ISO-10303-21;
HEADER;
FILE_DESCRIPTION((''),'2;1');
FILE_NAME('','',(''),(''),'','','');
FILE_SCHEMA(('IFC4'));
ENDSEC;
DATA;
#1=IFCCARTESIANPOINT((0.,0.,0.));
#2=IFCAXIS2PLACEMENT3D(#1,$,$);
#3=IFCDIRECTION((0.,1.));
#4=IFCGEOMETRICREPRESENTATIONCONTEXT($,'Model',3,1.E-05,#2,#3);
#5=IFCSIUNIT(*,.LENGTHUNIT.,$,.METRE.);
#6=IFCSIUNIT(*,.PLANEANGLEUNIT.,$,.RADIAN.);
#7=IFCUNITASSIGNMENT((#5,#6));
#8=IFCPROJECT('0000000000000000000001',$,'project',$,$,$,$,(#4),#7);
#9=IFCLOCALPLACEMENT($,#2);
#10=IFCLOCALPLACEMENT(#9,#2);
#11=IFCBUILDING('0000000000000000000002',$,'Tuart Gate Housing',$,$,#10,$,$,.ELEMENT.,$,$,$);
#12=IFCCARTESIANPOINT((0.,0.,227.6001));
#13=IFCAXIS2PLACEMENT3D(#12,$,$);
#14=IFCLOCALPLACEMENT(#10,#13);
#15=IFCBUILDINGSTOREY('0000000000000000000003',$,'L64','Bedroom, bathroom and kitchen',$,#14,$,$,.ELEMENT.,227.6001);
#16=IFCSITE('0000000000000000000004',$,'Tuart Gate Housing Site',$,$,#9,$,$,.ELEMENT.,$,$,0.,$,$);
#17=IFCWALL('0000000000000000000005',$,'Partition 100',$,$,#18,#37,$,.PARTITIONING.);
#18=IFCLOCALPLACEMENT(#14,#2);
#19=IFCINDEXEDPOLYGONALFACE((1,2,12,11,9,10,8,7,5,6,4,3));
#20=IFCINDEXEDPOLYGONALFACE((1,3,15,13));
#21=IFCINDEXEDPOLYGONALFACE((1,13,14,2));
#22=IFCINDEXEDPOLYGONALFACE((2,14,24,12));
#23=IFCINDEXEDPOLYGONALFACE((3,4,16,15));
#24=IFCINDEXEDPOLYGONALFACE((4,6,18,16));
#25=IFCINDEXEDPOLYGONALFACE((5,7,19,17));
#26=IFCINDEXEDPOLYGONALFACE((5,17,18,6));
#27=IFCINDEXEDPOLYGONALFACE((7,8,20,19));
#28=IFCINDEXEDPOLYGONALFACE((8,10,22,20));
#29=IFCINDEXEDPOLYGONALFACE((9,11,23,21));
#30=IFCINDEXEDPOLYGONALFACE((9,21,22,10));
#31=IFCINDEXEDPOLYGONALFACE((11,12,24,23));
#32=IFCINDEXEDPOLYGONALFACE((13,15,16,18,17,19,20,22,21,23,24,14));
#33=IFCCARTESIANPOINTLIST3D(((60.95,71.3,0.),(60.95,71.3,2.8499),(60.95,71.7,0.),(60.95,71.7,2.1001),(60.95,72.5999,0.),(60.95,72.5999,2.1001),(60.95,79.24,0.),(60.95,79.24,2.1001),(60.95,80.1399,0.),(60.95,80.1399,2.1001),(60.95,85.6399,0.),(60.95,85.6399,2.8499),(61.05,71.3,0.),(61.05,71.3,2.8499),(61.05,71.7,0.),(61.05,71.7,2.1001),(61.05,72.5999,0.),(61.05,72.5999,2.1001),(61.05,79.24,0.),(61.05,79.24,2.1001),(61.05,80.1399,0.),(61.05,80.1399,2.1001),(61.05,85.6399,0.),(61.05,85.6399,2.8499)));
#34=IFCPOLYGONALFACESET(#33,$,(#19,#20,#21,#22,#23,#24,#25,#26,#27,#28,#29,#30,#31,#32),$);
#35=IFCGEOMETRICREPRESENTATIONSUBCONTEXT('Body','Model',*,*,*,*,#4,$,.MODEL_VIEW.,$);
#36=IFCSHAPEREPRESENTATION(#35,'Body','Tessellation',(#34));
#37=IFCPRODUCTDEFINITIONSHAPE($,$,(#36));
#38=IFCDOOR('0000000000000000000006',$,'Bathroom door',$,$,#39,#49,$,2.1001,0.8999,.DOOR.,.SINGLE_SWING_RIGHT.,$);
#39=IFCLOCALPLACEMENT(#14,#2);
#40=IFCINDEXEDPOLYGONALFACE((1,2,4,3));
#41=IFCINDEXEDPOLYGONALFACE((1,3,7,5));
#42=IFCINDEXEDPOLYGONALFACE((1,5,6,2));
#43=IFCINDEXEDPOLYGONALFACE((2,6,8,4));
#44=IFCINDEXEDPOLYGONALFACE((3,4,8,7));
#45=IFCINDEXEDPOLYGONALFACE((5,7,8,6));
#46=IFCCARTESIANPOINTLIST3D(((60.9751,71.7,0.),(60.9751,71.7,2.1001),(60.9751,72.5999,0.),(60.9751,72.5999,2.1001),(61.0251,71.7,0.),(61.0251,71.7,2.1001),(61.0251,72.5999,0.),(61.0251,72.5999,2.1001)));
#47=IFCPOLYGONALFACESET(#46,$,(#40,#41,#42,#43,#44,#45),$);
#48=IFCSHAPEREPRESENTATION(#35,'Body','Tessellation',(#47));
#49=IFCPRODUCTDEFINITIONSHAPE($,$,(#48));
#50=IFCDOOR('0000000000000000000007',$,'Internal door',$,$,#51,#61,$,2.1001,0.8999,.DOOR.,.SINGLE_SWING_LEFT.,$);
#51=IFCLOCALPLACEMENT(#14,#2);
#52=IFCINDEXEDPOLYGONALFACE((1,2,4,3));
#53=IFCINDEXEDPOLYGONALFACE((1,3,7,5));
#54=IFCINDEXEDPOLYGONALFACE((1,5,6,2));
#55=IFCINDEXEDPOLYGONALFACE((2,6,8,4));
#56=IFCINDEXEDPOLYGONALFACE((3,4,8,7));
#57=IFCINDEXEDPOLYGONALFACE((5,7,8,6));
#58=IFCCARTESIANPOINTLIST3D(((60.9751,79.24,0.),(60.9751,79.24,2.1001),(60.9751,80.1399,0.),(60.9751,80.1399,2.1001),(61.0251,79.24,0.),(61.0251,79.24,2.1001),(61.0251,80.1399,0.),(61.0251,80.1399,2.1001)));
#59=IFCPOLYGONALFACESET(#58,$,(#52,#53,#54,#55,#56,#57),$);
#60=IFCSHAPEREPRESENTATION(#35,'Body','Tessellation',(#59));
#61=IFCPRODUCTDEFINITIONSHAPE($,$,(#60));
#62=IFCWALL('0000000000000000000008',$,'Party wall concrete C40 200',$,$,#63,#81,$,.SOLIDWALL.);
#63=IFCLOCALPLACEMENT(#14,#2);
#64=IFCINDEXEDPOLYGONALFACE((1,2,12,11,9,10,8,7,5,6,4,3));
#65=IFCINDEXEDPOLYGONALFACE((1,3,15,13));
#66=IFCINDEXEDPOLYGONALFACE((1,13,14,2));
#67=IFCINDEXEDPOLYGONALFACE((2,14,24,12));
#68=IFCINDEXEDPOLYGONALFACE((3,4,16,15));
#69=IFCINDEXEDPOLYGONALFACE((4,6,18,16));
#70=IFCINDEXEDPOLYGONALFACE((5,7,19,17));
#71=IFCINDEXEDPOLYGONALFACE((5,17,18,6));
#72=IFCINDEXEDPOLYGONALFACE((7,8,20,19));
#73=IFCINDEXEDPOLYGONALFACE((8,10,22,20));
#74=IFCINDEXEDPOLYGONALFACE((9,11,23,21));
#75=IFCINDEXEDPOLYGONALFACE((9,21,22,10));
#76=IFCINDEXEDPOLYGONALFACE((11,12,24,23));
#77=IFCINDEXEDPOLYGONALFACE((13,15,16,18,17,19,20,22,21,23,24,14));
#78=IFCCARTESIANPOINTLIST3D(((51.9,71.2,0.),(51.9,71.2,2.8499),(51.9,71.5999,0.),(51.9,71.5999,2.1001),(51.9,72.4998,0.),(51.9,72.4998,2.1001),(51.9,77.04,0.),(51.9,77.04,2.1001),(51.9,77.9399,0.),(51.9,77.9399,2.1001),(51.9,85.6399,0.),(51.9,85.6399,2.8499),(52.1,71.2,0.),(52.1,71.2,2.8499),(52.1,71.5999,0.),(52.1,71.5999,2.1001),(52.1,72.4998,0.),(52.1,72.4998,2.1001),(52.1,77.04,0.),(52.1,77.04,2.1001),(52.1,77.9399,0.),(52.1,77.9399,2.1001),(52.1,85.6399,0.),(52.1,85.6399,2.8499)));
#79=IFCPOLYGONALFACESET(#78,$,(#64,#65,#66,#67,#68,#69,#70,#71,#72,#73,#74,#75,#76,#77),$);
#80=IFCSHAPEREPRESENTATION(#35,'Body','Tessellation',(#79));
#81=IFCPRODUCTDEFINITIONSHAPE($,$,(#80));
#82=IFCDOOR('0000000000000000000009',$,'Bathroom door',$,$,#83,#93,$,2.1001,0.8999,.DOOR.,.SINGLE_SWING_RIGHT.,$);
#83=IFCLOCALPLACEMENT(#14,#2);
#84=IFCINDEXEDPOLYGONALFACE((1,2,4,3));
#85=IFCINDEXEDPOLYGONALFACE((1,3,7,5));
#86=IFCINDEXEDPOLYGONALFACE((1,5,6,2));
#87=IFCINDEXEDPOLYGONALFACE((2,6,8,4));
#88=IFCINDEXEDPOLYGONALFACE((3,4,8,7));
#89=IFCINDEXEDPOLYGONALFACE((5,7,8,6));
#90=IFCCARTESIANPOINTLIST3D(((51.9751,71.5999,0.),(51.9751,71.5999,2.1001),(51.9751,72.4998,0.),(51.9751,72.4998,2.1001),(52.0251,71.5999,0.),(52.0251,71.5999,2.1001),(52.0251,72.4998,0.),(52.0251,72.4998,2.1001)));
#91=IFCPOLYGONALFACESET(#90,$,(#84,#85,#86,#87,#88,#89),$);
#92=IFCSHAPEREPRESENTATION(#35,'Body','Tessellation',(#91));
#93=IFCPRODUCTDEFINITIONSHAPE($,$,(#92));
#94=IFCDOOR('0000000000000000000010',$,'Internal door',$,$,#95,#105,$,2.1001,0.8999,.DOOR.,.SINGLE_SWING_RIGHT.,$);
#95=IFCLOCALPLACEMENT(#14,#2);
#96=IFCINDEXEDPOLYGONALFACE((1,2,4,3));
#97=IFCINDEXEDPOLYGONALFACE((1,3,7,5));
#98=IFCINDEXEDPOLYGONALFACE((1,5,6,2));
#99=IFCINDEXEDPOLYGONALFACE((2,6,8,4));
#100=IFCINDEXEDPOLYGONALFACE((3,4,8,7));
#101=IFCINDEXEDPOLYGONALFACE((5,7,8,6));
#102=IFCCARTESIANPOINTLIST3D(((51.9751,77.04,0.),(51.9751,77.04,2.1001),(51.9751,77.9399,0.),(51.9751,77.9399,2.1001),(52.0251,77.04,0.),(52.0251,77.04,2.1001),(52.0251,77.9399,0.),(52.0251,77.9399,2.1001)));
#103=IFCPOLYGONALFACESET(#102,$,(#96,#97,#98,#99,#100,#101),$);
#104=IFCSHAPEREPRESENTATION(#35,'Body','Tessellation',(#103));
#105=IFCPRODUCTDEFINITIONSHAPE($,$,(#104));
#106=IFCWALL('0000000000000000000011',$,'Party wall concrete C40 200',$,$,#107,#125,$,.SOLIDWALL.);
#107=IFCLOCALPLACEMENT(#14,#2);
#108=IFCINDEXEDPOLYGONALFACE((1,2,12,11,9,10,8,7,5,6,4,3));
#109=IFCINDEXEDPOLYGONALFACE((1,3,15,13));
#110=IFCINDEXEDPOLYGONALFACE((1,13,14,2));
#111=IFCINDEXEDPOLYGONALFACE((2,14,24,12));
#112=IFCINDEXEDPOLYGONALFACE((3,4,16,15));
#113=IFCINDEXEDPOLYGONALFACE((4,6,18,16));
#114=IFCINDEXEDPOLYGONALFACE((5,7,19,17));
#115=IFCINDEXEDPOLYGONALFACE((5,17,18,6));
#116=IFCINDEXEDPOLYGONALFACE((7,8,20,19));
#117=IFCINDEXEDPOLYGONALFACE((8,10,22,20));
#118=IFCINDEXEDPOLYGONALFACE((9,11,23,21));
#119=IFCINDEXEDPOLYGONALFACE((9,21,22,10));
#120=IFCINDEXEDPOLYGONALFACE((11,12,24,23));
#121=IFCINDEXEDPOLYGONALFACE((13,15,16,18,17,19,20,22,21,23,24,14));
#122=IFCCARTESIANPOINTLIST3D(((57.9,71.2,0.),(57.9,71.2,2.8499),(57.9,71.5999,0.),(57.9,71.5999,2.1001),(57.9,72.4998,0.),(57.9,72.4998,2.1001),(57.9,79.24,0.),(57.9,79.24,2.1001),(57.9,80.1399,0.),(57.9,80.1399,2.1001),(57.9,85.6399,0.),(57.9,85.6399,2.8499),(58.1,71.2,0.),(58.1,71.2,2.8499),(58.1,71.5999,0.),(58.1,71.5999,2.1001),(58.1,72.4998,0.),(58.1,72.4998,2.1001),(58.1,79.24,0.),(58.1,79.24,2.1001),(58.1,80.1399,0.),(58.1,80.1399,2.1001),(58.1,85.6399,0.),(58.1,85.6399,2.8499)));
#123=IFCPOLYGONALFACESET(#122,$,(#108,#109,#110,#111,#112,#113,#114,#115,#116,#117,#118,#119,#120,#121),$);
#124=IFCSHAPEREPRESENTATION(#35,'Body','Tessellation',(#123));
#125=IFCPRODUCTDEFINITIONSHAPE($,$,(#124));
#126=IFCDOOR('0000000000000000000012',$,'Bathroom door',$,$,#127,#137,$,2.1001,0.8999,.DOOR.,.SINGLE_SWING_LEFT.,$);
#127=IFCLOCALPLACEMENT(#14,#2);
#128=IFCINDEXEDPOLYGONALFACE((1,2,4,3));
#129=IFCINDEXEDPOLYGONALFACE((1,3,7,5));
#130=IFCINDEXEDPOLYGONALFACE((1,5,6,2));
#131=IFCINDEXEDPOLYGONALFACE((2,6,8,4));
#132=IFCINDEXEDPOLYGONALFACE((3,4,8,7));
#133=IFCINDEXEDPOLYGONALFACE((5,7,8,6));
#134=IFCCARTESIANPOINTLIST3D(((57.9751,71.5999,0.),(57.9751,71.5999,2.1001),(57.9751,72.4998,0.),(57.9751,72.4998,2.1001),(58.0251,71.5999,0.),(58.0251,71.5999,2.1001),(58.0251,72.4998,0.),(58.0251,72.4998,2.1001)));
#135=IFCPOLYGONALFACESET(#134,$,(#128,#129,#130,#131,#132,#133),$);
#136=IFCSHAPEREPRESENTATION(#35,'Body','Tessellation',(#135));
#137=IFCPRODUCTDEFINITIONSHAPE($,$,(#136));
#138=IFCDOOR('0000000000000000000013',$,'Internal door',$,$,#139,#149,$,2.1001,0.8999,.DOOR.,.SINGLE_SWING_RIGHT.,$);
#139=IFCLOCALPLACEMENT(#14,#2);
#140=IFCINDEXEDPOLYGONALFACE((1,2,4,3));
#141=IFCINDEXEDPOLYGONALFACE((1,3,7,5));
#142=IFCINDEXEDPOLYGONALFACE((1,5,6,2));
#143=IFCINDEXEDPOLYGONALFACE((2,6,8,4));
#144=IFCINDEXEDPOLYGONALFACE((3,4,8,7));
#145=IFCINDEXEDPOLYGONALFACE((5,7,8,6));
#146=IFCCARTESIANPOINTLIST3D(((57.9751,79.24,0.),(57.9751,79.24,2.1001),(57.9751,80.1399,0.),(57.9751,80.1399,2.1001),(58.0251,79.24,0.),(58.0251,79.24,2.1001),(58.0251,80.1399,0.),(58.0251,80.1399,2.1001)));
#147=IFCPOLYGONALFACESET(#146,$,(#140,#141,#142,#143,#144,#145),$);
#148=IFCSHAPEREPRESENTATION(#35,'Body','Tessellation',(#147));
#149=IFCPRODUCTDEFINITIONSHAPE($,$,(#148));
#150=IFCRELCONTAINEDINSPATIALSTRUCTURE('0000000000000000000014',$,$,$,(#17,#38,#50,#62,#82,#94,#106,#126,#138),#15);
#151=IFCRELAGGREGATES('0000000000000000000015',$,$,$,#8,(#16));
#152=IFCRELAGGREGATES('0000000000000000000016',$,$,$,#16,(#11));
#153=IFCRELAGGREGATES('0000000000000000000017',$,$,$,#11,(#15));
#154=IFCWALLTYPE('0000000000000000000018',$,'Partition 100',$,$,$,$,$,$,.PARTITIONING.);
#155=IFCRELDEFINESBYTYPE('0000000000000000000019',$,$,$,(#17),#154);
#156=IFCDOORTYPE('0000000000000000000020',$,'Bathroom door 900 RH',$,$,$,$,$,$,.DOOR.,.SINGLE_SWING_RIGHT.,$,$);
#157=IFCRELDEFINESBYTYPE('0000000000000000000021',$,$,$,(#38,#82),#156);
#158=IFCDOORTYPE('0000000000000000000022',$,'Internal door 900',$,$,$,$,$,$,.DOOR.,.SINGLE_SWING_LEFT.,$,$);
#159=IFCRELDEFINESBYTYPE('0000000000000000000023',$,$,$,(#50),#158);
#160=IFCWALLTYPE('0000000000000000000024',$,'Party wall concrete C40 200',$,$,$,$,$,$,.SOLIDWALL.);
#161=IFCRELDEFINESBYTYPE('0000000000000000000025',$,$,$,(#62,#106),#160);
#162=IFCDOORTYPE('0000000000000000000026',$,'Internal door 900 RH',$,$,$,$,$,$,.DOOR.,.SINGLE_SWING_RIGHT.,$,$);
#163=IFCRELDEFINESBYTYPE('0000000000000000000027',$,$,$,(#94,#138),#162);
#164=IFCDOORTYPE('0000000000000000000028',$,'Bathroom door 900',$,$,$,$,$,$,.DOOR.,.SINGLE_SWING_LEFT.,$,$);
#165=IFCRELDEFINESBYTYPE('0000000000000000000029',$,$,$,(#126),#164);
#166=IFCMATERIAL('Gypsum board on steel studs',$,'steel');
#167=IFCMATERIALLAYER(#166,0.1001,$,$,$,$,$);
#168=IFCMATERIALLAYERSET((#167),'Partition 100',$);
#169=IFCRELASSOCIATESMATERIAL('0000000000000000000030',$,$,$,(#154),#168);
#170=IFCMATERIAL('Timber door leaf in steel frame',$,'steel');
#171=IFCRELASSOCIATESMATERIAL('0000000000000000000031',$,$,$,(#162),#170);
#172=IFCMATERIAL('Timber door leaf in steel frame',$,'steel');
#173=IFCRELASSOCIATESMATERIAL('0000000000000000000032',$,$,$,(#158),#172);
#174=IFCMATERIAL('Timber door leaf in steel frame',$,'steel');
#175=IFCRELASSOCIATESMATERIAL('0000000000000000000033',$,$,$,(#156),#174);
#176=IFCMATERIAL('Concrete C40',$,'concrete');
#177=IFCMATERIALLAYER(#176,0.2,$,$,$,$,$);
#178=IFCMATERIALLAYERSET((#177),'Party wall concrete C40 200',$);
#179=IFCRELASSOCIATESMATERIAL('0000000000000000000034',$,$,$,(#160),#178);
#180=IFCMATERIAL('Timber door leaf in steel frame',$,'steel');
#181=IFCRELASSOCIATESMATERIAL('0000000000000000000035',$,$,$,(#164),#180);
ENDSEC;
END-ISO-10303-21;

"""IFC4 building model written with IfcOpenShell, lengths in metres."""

from ifc_helpers import new_model, si_unit, direction, frame, frame_2d, origin, place, context, subcontext, project, spatial, rectangle, extrude, material, layer, layer_set, type_object, element, fill, save


model = new_model("IFC4")

# Units and contexts
model_context = context("Model", 3, precision=1e-05, world=origin(), true_north=direction((0.0, 1.0)))
body_context = subcontext(model_context, "Body", "Model", "MODEL_VIEW")
ifc_project = project(units=[si_unit("LENGTHUNIT", "METRE"), si_unit("PLANEANGLEUNIT", "RADIAN")], contexts=[model_context])

# Site, building, storey
site_placement = place(None, origin())
site = spatial("IfcSite", under=ifc_project, at=site_placement, Name="Tuart Gate Housing Site", CompositionType="ELEMENT", RefElevation=0.0)
building_placement = place(site_placement, origin())
building = spatial("IfcBuilding", under=site, at=building_placement, Name="Tuart Gate Housing", CompositionType="ELEMENT")
storey_placement = place(building_placement, frame((0.0, 0.0, 227.6001)))
storey = spatial("IfcBuildingStorey", under=building, at=storey_placement, Name="L64", Description="Bedroom, bathroom and kitchen", CompositionType="ELEMENT", Elevation=227.6001)

# Shared definitions
ifc_material_1 = material(Name="Gypsum board on steel studs", Category="steel")
ifc_layer_1 = layer(ifc_material_1, 0.1001)
ifc_layer_set_1 = layer_set([ifc_layer_1], Name="Partition 100")
wall_type_1 = type_object("IfcWallType", Name="Partition 100", PredefinedType="PARTITIONING", material=ifc_layer_set_1)

# Shared definitions
ifc_material_2 = material(Name="Timber door leaf in steel frame", Category="steel")
door_type_1 = type_object("IfcDoorType", Name="Internal door 900 RH", OperationType="SINGLE_SWING_RIGHT", PredefinedType="DOOR", material=ifc_material_2)
ifc_material_3 = material(Name="Timber door leaf in steel frame", Category="steel")
door_type_2 = type_object("IfcDoorType", Name="Internal door 900", OperationType="SINGLE_SWING_LEFT", PredefinedType="DOOR", material=ifc_material_3)

# Walls, openings, doors
wall_1_placement = place(storey_placement, frame((61.0, 71.3, 0.0), z_axis=(0.0, 0.0, 1.0), x_axis=(0.0, 1.0, 0.0)))
wall_1 = element("IfcWall", 1, at=wall_1_placement, inside=storey, type_object=wall_type_1, Name="Partition 100", PredefinedType="PARTITIONING", context=body_context, shape_type="SweptSolid", body=[
    extrude(rectangle(XDim=14.3398, YDim=0.1001, at=frame_2d((7.1699, 0.0))), origin(), (0.0, 0.0, 1.0), 2.8499),
])
opening_1_placement = place(wall_1_placement, frame((7.9399, 0.0, 0.0)))
opening_1 = element("IfcOpeningElement", 2, at=opening_1_placement, cuts=wall_1, PredefinedType="OPENING", context=body_context, shape_type="SweptSolid", body=[
    extrude(rectangle(XDim=0.8999, YDim=2.1001, at=frame_2d((0.45, 1.05))), frame((0.0, 0.0601, 0.0), z_axis=(0.0, -1.0, 0.0), x_axis=(1.0, 0.0, 0.0)), (0.0, 0.0, 1.0), 0.1201),
])
opening_2_placement = place(wall_1_placement, frame((0.3999, 0.0, 0.0)))
opening_2 = element("IfcOpeningElement", 3, at=opening_2_placement, cuts=wall_1, PredefinedType="OPENING", context=body_context, shape_type="SweptSolid", body=[
    extrude(rectangle(XDim=0.8999, YDim=2.1001, at=frame_2d((0.45, 1.05))), frame((0.0, 0.0601, 0.0), z_axis=(0.0, -1.0, 0.0), x_axis=(1.0, 0.0, 0.0)), (0.0, 0.0, 1.0), 0.1201),
])
ifc_material_4 = material(Name="Timber door leaf in steel frame", Category="steel")
door_type_3 = type_object("IfcDoorType", Name="Bathroom door 900 RH", OperationType="SINGLE_SWING_RIGHT", PredefinedType="DOOR", material=ifc_material_4)
door_1_placement = place(opening_2_placement, frame((0.8999, 0.0, 0.0), z_axis=(0.0, 0.0, 1.0), x_axis=(-1.0, 0.0, 0.0)))
door_1 = element("IfcDoor", 4, at=door_1_placement, inside=storey, type_object=door_type_3, Name="Bathroom door", OperationType="SINGLE_SWING_RIGHT", OverallHeight=2.1001, OverallWidth=0.8999, PredefinedType="DOOR", context=body_context, shape_type="SweptSolid", body=[
    extrude(rectangle(XDim=0.8999, YDim=2.1001, at=frame_2d((0.45, 1.05))), frame((0.0, 0.0251, 0.0), z_axis=(0.0, -1.0, 0.0), x_axis=(1.0, 0.0, 0.0)), (0.0, 0.0, 1.0), 0.05),
])
fill(opening_2, door_1)
door_2_placement = place(opening_1_placement, frame((0.8999, 0.0, 0.0), z_axis=(0.0, 0.0, 1.0), x_axis=(-1.0, 0.0, 0.0)))
door_2 = element("IfcDoor", 5, at=door_2_placement, inside=storey, type_object=door_type_2, Name="Internal door", OperationType="SINGLE_SWING_LEFT", OverallHeight=2.1001, OverallWidth=0.8999, PredefinedType="DOOR", context=body_context, shape_type="SweptSolid", body=[
    extrude(rectangle(XDim=0.8999, YDim=2.1001, at=frame_2d((0.45, 1.05))), frame((0.0, 0.0251, 0.0), z_axis=(0.0, -1.0, 0.0), x_axis=(1.0, 0.0, 0.0)), (0.0, 0.0, 1.0), 0.05),
])
fill(opening_1, door_2)
ifc_material_5 = material(Name="Concrete C40", Category="concrete")
ifc_layer_2 = layer(ifc_material_5, 0.2)
ifc_layer_set_2 = layer_set([ifc_layer_2], Name="Party wall concrete C40 200")
wall_type_2 = type_object("IfcWallType", Name="Party wall concrete C40 200", PredefinedType="SOLIDWALL", material=ifc_layer_set_2)
wall_2_placement = place(storey_placement, frame((52.0, 71.2, 0.0), z_axis=(0.0, 0.0, 1.0), x_axis=(0.0, 1.0, 0.0)))
wall_2 = element("IfcWall", 6, at=wall_2_placement, inside=storey, type_object=wall_type_2, Name="Party wall concrete C40 200", PredefinedType="SOLIDWALL", context=body_context, shape_type="SweptSolid", body=[
    extrude(rectangle(XDim=14.4399, YDim=0.2, at=frame_2d((7.22, 0.0))), origin(), (0.0, 0.0, 1.0), 2.8499),
])
opening_3_placement = place(wall_2_placement, frame((5.8401, 0.0, 0.0)))
opening_3 = element("IfcOpeningElement", 7, at=opening_3_placement, cuts=wall_2, PredefinedType="OPENING", context=body_context, shape_type="SweptSolid", body=[
    extrude(rectangle(XDim=0.8999, YDim=2.1001, at=frame_2d((0.45, 1.05))), frame((0.0, 0.1099, 0.0), z_axis=(0.0, -1.0, 0.0), x_axis=(1.0, 0.0, 0.0)), (0.0, 0.0, 1.0), 0.22),
])
opening_4_placement = place(wall_2_placement, frame((0.3999, 0.0, 0.0)))
opening_4 = element("IfcOpeningElement", 8, at=opening_4_placement, cuts=wall_2, PredefinedType="OPENING", context=body_context, shape_type="SweptSolid", body=[
    extrude(rectangle(XDim=0.8999, YDim=2.1001, at=frame_2d((0.45, 1.05))), frame((0.0, 0.1099, 0.0), z_axis=(0.0, -1.0, 0.0), x_axis=(1.0, 0.0, 0.0)), (0.0, 0.0, 1.0), 0.22),
])
door_3_placement = place(opening_4_placement, frame((0.8999, 0.0, 0.0), z_axis=(0.0, 0.0, 1.0), x_axis=(-1.0, 0.0, 0.0)))
door_3 = element("IfcDoor", 9, at=door_3_placement, inside=storey, type_object=door_type_3, Name="Bathroom door", OperationType="SINGLE_SWING_RIGHT", OverallHeight=2.1001, OverallWidth=0.8999, PredefinedType="DOOR", context=body_context, shape_type="SweptSolid", body=[
    extrude(rectangle(XDim=0.8999, YDim=2.1001, at=frame_2d((0.45, 1.05))), frame((0.0, 0.0251, 0.0), z_axis=(0.0, -1.0, 0.0), x_axis=(1.0, 0.0, 0.0)), (0.0, 0.0, 1.0), 0.05),
])
fill(opening_4, door_3)
door_4_placement = place(opening_3_placement, frame((0.8999, 0.0, 0.0), z_axis=(0.0, 0.0, 1.0), x_axis=(-1.0, 0.0, 0.0)))
door_4 = element("IfcDoor", 10, at=door_4_placement, inside=storey, type_object=door_type_1, Name="Internal door", OperationType="SINGLE_SWING_RIGHT", OverallHeight=2.1001, OverallWidth=0.8999, PredefinedType="DOOR", context=body_context, shape_type="SweptSolid", body=[
    extrude(rectangle(XDim=0.8999, YDim=2.1001, at=frame_2d((0.45, 1.05))), frame((0.0, 0.0251, 0.0), z_axis=(0.0, -1.0, 0.0), x_axis=(1.0, 0.0, 0.0)), (0.0, 0.0, 1.0), 0.05),
])
fill(opening_3, door_4)
wall_3_placement = place(storey_placement, frame((58.0, 71.2, 0.0), z_axis=(0.0, 0.0, 1.0), x_axis=(0.0, 1.0, 0.0)))
wall_3 = element("IfcWall", 11, at=wall_3_placement, inside=storey, type_object=wall_type_2, Name="Party wall concrete C40 200", PredefinedType="SOLIDWALL", context=body_context, shape_type="SweptSolid", body=[
    extrude(rectangle(XDim=14.4399, YDim=0.2, at=frame_2d((7.22, 0.0))), origin(), (0.0, 0.0, 1.0), 2.8499),
])
opening_5_placement = place(wall_3_placement, frame((8.04, 0.0, 0.0)))
opening_5 = element("IfcOpeningElement", 12, at=opening_5_placement, cuts=wall_3, PredefinedType="OPENING", context=body_context, shape_type="SweptSolid", body=[
    extrude(rectangle(XDim=0.8999, YDim=2.1001, at=frame_2d((0.45, 1.05))), frame((0.0, 0.1099, 0.0), z_axis=(0.0, -1.0, 0.0), x_axis=(1.0, 0.0, 0.0)), (0.0, 0.0, 1.0), 0.22),
])
opening_6_placement = place(wall_3_placement, frame((0.3999, 0.0, 0.0)))
opening_6 = element("IfcOpeningElement", 13, at=opening_6_placement, cuts=wall_3, PredefinedType="OPENING", context=body_context, shape_type="SweptSolid", body=[
    extrude(rectangle(XDim=0.8999, YDim=2.1001, at=frame_2d((0.45, 1.05))), frame((0.0, 0.1099, 0.0), z_axis=(0.0, -1.0, 0.0), x_axis=(1.0, 0.0, 0.0)), (0.0, 0.0, 1.0), 0.22),
])
ifc_material_6 = material(Name="Timber door leaf in steel frame", Category="steel")
door_type_4 = type_object("IfcDoorType", Name="Bathroom door 900", OperationType="SINGLE_SWING_LEFT", PredefinedType="DOOR", material=ifc_material_6)
door_5_placement = place(opening_6_placement, origin())
door_5 = element("IfcDoor", 14, at=door_5_placement, inside=storey, type_object=door_type_4, Name="Bathroom door", OperationType="SINGLE_SWING_LEFT", OverallHeight=2.1001, OverallWidth=0.8999, PredefinedType="DOOR", context=body_context, shape_type="SweptSolid", body=[
    extrude(rectangle(XDim=0.8999, YDim=2.1001, at=frame_2d((0.45, 1.05))), frame((0.0, 0.0249, 0.0), z_axis=(0.0, -1.0, 0.0), x_axis=(1.0, 0.0, 0.0)), (0.0, 0.0, 1.0), 0.05),
])
fill(opening_6, door_5)
door_6_placement = place(opening_5_placement, origin())
door_6 = element("IfcDoor", 15, at=door_6_placement, inside=storey, type_object=door_type_1, Name="Internal door", OperationType="SINGLE_SWING_RIGHT", OverallHeight=2.1001, OverallWidth=0.8999, PredefinedType="DOOR", context=body_context, shape_type="SweptSolid", body=[
    extrude(rectangle(XDim=0.8999, YDim=2.1001, at=frame_2d((0.45, 1.05))), frame((0.0, 0.0249, 0.0), z_axis=(0.0, -1.0, 0.0), x_axis=(1.0, 0.0, 0.0)), (0.0, 0.0, 1.0), 0.05),
])
fill(opening_5, door_6)

save(model, "model.ifc")
